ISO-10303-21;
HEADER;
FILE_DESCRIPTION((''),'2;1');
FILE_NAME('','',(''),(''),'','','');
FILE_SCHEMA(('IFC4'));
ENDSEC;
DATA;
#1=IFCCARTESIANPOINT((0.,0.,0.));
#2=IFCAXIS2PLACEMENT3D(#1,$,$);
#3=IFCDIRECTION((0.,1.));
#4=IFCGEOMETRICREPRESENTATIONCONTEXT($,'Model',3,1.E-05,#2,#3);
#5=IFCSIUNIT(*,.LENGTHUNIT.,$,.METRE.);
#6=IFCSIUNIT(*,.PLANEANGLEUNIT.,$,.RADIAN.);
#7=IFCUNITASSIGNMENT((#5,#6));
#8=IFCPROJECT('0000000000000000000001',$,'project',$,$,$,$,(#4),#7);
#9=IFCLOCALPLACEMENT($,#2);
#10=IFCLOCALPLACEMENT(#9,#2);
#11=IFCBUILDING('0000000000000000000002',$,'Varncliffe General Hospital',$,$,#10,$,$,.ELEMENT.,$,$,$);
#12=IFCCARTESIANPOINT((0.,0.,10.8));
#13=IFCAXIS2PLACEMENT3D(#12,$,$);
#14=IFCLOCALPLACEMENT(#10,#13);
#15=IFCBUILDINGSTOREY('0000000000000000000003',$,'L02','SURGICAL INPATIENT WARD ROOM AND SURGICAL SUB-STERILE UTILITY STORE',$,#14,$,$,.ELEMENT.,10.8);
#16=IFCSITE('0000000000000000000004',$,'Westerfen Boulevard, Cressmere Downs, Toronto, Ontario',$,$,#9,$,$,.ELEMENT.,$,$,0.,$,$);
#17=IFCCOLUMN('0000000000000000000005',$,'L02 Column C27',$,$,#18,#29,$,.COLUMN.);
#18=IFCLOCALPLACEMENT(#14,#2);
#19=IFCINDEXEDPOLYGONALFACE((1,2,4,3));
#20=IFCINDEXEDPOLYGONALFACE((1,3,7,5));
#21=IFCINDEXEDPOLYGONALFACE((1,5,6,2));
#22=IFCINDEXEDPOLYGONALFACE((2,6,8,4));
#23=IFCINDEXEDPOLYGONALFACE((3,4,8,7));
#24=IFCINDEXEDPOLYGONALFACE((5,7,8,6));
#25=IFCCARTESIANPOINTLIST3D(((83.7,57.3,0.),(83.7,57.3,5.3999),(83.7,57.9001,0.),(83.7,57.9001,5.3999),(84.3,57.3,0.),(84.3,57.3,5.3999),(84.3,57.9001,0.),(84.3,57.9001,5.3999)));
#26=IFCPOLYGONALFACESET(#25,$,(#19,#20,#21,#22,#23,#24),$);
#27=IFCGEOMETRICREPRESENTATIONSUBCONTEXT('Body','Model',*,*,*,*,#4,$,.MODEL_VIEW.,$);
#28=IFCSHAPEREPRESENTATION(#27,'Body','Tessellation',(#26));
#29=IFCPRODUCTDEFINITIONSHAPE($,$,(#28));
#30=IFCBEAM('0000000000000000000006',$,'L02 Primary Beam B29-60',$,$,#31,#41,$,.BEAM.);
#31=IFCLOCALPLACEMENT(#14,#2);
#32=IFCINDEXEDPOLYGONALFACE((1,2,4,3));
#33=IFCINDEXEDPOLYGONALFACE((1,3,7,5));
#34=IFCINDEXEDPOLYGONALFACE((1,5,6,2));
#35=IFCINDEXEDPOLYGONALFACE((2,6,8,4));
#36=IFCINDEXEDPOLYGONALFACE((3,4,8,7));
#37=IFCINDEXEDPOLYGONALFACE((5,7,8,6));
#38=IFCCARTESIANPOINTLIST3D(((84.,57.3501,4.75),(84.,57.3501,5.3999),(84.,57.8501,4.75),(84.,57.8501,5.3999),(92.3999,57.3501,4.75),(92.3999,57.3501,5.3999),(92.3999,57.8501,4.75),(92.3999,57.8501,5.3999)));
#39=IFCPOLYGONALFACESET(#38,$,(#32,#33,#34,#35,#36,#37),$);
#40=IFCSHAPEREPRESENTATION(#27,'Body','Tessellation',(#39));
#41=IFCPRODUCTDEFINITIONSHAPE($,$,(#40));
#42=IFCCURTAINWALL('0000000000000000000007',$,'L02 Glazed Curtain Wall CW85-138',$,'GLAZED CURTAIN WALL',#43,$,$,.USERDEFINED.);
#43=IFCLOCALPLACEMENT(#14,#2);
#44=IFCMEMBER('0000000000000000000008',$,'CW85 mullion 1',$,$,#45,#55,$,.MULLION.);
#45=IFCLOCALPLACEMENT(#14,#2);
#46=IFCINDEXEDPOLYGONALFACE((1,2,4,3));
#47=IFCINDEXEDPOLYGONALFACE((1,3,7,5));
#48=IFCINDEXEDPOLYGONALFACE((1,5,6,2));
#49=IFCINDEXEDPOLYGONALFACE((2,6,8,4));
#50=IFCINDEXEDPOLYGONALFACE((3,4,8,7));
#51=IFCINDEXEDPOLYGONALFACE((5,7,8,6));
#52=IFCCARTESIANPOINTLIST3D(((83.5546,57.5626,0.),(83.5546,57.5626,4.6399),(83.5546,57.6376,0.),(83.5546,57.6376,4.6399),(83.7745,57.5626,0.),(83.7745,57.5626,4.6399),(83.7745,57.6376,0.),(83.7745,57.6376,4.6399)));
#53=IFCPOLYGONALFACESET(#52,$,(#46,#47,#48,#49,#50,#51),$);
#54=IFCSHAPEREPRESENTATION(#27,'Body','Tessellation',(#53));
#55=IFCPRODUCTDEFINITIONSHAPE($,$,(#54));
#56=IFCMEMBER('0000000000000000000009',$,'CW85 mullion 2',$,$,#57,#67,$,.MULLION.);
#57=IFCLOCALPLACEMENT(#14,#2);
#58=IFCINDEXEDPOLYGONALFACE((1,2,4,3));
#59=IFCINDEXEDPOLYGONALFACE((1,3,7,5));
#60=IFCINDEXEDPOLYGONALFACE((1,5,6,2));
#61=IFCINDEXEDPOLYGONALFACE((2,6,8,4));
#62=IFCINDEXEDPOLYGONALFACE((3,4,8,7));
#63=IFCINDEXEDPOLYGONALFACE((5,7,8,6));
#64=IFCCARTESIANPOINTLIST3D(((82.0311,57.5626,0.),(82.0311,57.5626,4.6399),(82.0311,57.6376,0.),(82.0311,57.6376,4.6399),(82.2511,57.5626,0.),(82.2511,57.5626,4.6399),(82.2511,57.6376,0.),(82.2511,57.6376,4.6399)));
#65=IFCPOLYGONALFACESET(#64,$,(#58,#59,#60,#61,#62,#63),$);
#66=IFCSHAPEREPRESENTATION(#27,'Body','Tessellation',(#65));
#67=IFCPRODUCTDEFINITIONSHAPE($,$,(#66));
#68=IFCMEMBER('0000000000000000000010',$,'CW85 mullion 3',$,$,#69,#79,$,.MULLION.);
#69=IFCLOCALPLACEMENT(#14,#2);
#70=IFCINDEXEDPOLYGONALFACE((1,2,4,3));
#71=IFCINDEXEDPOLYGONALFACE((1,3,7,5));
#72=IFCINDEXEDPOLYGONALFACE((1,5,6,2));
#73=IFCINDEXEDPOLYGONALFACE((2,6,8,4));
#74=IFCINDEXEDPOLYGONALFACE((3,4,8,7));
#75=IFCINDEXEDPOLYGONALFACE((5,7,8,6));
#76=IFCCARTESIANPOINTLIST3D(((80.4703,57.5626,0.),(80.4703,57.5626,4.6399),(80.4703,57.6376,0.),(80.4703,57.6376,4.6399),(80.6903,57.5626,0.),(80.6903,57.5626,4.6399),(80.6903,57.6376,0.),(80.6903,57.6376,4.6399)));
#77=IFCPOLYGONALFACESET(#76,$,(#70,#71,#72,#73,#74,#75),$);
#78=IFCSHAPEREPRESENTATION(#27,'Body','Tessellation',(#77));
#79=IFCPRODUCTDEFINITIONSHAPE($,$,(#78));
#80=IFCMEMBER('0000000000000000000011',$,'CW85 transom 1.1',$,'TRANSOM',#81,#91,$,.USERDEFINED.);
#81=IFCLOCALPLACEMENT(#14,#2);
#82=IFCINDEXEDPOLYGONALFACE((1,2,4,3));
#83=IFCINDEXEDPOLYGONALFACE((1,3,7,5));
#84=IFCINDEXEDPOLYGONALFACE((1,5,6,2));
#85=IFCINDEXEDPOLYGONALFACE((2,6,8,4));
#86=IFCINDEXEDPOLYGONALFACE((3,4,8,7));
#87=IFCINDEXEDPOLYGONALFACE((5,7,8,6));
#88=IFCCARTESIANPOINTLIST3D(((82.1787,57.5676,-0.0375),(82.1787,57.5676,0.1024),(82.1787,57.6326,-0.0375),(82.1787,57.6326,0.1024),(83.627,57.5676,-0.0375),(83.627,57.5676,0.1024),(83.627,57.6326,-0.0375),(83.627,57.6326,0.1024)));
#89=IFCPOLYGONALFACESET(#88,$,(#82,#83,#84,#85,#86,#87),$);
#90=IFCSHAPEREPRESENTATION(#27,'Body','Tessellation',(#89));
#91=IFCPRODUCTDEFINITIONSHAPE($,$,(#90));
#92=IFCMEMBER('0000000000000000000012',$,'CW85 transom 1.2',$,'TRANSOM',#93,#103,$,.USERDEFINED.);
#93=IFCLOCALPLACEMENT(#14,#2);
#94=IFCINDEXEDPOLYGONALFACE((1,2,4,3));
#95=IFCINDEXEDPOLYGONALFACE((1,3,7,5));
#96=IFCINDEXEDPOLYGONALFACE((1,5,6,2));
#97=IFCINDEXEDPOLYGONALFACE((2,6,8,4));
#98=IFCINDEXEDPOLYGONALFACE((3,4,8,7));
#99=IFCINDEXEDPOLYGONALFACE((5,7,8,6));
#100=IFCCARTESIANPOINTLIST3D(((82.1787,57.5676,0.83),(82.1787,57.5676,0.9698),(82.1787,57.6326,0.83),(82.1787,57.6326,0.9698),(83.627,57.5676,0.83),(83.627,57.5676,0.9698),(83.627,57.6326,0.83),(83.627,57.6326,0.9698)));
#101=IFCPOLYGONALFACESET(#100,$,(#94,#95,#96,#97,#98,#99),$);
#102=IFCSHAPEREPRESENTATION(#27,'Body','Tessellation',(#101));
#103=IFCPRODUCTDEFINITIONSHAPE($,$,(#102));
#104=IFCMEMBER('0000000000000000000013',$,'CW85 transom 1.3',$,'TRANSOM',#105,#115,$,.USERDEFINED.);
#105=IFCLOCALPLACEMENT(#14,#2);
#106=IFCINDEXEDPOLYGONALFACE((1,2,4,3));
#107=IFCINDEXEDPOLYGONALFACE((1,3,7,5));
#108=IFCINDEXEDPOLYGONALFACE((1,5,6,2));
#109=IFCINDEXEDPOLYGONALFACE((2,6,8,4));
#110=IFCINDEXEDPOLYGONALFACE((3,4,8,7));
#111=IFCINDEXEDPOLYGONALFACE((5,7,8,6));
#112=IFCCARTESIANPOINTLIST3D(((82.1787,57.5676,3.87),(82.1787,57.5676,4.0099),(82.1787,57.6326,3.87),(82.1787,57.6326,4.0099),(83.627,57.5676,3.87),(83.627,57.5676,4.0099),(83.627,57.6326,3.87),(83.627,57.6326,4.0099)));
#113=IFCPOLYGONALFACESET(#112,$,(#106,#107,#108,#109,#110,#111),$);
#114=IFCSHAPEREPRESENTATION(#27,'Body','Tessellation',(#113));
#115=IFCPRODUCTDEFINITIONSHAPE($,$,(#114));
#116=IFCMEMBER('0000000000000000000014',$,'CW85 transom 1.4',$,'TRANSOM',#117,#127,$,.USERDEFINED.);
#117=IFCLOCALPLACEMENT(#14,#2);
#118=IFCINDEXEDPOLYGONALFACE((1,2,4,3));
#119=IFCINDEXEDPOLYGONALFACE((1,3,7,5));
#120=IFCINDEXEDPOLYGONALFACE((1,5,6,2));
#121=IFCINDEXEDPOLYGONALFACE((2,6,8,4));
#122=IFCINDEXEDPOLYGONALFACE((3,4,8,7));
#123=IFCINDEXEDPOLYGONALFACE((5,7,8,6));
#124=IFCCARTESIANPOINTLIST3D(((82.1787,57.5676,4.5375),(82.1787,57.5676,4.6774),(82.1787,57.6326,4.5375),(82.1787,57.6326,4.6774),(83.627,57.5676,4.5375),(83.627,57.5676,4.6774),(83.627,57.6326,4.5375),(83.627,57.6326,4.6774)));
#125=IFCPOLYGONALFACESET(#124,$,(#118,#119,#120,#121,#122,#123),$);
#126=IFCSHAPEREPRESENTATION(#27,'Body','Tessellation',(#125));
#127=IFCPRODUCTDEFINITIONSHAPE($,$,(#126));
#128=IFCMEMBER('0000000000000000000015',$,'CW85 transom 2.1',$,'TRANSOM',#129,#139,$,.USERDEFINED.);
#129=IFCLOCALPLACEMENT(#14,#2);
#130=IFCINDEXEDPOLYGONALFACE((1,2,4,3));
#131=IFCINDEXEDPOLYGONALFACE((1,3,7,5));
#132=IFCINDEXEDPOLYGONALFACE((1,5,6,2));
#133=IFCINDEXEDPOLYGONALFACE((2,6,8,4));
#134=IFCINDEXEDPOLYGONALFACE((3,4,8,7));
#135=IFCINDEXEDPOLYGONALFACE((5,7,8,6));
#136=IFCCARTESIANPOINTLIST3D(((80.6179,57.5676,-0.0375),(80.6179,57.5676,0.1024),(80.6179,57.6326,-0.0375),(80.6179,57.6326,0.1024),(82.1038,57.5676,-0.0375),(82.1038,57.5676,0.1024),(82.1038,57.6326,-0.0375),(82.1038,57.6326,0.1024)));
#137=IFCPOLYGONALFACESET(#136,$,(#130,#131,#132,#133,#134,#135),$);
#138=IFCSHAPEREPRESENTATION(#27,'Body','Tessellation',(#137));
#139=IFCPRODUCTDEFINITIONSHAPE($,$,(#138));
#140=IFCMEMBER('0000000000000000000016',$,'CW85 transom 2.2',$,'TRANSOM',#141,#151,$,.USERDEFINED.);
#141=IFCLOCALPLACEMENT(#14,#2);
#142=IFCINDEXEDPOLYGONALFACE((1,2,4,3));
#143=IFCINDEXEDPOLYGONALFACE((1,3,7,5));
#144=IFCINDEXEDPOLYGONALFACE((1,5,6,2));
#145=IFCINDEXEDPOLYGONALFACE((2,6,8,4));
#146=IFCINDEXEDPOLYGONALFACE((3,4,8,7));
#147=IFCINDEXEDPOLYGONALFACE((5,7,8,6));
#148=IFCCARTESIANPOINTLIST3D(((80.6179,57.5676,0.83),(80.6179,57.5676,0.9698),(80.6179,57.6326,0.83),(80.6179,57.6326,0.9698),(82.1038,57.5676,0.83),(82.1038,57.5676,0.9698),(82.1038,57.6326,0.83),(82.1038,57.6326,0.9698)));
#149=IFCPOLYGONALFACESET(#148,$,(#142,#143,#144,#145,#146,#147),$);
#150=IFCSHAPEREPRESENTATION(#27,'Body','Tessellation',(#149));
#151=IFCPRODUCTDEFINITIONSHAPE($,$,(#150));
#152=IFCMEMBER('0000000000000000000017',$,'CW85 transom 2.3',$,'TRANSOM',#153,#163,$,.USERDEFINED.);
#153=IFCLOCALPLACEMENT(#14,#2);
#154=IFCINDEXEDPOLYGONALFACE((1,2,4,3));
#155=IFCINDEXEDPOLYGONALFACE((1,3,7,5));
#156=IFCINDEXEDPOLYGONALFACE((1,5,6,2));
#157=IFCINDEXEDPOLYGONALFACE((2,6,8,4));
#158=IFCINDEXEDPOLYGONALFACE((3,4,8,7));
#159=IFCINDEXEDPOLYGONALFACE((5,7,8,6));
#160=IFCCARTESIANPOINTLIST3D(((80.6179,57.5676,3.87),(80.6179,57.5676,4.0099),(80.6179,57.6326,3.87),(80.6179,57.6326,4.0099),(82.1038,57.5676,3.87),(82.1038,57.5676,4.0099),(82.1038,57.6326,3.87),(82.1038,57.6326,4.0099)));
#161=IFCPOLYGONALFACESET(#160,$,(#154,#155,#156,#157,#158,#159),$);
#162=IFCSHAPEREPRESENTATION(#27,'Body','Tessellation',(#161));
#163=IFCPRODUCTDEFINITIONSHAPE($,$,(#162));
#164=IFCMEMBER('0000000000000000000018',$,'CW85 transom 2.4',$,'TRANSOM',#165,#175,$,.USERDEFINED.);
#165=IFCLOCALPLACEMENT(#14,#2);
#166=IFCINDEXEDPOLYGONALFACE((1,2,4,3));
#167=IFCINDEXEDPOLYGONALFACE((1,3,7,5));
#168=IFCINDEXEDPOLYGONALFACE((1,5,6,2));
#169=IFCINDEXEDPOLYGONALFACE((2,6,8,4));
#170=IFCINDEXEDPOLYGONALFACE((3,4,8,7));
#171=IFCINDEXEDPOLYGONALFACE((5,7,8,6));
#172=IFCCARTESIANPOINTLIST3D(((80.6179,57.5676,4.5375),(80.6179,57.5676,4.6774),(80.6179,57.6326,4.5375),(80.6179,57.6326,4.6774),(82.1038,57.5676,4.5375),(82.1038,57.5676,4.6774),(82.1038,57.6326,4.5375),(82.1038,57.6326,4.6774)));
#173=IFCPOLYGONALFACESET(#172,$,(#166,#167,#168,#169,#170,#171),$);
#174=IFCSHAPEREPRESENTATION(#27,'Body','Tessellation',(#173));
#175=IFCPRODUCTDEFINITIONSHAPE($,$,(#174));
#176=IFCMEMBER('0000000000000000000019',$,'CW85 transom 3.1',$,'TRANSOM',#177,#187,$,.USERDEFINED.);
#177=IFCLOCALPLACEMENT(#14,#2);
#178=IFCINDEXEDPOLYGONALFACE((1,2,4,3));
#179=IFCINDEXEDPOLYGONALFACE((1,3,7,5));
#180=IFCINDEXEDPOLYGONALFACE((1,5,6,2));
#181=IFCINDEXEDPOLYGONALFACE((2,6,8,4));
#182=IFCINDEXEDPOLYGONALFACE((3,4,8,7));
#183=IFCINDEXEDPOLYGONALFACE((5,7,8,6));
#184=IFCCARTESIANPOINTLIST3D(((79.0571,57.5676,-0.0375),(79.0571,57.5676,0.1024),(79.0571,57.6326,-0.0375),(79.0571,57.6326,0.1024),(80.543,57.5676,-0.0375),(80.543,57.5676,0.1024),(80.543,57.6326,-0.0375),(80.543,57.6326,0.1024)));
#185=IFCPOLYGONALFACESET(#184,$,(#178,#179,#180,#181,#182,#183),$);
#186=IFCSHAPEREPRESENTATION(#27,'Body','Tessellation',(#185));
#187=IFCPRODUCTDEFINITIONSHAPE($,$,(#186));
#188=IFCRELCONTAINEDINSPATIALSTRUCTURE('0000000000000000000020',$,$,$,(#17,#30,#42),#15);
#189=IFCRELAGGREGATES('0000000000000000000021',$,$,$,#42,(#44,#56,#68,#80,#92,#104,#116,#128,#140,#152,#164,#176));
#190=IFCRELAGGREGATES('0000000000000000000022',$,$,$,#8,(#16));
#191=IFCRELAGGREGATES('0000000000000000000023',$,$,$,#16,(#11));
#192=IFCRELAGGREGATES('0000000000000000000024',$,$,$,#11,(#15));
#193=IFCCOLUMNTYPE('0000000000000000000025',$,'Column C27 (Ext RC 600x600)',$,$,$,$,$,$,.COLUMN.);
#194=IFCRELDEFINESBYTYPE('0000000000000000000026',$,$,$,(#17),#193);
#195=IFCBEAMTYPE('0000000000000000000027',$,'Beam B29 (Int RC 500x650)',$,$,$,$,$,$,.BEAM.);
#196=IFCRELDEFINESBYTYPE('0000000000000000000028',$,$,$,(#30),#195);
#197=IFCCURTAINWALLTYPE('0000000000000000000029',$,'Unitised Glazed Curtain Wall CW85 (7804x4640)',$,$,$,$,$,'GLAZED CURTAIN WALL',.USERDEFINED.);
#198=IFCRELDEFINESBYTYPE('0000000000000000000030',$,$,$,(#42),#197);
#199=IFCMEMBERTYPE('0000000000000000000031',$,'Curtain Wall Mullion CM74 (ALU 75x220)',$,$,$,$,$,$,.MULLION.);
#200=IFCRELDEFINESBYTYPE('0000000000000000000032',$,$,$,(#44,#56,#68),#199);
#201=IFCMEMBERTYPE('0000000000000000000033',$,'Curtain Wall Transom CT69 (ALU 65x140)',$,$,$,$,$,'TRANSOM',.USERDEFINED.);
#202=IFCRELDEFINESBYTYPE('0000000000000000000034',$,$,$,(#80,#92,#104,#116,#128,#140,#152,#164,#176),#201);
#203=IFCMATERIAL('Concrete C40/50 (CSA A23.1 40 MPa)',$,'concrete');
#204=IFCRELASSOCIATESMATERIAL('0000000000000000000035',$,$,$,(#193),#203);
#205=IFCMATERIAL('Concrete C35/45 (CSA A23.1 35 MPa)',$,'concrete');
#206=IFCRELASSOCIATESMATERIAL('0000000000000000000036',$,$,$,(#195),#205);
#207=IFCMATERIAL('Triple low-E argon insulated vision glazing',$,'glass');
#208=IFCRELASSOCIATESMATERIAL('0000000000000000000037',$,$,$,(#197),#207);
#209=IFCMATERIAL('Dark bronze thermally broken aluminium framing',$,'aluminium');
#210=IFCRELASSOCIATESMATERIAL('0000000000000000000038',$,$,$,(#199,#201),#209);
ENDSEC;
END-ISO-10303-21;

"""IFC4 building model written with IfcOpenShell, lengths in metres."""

from ifc_helpers import new_model, si_unit, direction, frame, origin, origin_2d, place, context, subcontext, project, spatial, rectangle, extrude, material, material_profile, profile_set, type_object, element, aggregate, save


model = new_model("IFC4")

# Units and contexts
model_context = context("Model", 3, precision=1e-05, world=origin(), true_north=direction((0.0, 1.0)))
body_context = subcontext(model_context, "Body", "Model", "MODEL_VIEW")
ifc_project = project(units=[si_unit("LENGTHUNIT", "METRE"), si_unit("PLANEANGLEUNIT", "RADIAN")], contexts=[model_context])

# Site, building, storey
site_placement = place(None, origin())
site = spatial("IfcSite", under=ifc_project, at=site_placement, Name="Westerfen Boulevard, Cressmere Downs, Toronto, Ontario", CompositionType="ELEMENT", RefElevation=0.0)
building_placement = place(site_placement, origin())
building = spatial("IfcBuilding", under=site, at=building_placement, Name="Varncliffe General Hospital", CompositionType="ELEMENT")
storey_placement = place(building_placement, frame((0.0, 0.0, 10.8)))
storey = spatial("IfcBuildingStorey", under=building, at=storey_placement, Name="L02", Description="SURGICAL INPATIENT WARD ROOM AND SURGICAL SUB-STERILE UTILITY STORE", CompositionType="ELEMENT", Elevation=10.8)

# Column
ifc_material_1 = material(Name="Concrete C40/50 (CSA A23.1 40 MPa)", Category="concrete")
ifc_material_profile_1 = material_profile(ifc_material_1, rectangle(XDim=0.6001, YDim=0.6001, at=origin_2d()), Name="RC 600x600")
ifc_profile_set_1 = profile_set([ifc_material_profile_1], Name="Concrete C40/50 (CSA A23.1 40 MPa)")
column_type = type_object("IfcColumnType", Name="Column C27 (Ext RC 600x600)", PredefinedType="COLUMN", material=ifc_profile_set_1)
column_placement = place(storey_placement, frame((84.0, 57.6001, 0.0), z_axis=(0.0, 0.0, 1.0), x_axis=(1.0, 0.0, 0.0)))
element("IfcColumn", 1, at=column_placement, inside=storey, type_object=column_type, Name="L02 Column C27", PredefinedType="COLUMN", context=body_context, shape_type="SweptSolid", body=[
    extrude(rectangle(XDim=0.6001, YDim=0.6001, at=origin_2d()), origin(), (0.0, 0.0, 1.0), 5.3999),
])

# Beam
ifc_material_2 = material(Name="Concrete C35/45 (CSA A23.1 35 MPa)", Category="concrete")
ifc_material_profile_2 = material_profile(ifc_material_2, rectangle(XDim=0.5, YDim=0.6499, at=origin_2d()), Name="RC 500x650")
ifc_profile_set_2 = profile_set([ifc_material_profile_2], Name="Concrete C35/45 (CSA A23.1 35 MPa)")
beam_type = type_object("IfcBeamType", Name="Beam B29 (Int RC 500x650)", PredefinedType="BEAM", material=ifc_profile_set_2)
beam_placement = place(storey_placement, frame((84.0, 57.6001, 5.075), z_axis=(1.0, 0.0, 0.0), x_axis=(0.0, 1.0, 0.0)))
element("IfcBeam", 2, at=beam_placement, inside=storey, type_object=beam_type, Name="L02 Primary Beam B29-60", PredefinedType="BEAM", context=body_context, shape_type="SweptSolid", body=[
    extrude(rectangle(XDim=0.5, YDim=0.6499, at=origin_2d()), origin(), (0.0, 0.0, 1.0), 8.3999),
])

# Curtain wall, members
ifc_material_3 = material(Name="Triple low-E argon insulated vision glazing", Category="glass")
curtain_wall_type = type_object("IfcCurtainWallType", Name="Unitised Glazed Curtain Wall CW85 (7804x4640)", ElementType="GLAZED CURTAIN WALL", PredefinedType="USERDEFINED", material=ifc_material_3)
curtain_wall_placement = place(storey_placement, origin())
curtain_wall = element("IfcCurtainWall", 3, at=curtain_wall_placement, inside=storey, type_object=curtain_wall_type, Name="L02 Glazed Curtain Wall CW85-138", ObjectType="GLAZED CURTAIN WALL", PredefinedType="USERDEFINED")
ifc_material_4 = material(Name="Dark bronze thermally broken aluminium framing", Category="aluminium")
ifc_material_profile_3 = material_profile(ifc_material_4, rectangle(XDim=0.075, YDim=0.22, at=origin_2d()), Name="ALU 75x220")
ifc_profile_set_3 = profile_set([ifc_material_profile_3], Name="Dark bronze thermally broken aluminium framing")
member_type_1 = type_object("IfcMemberType", Name="Curtain Wall Mullion CM74 (ALU 75x220)", PredefinedType="MULLION", material=ifc_profile_set_3)
member_1_placement = place(storey_placement, frame((83.6646, 57.6001, 0.0), z_axis=(0.0, 0.0, 1.0), x_axis=(0.0, -1.0, 0.0)))
member_1 = element("IfcMember", 4, at=member_1_placement, type_object=member_type_1, Name="CW85 mullion 1", PredefinedType="MULLION", context=body_context, shape_type="SweptSolid", body=[
    extrude(rectangle(XDim=0.075, YDim=0.22, at=origin_2d()), origin(), (0.0, 0.0, 1.0), 4.6399),
])
member_2_placement = place(storey_placement, frame((82.1411, 57.6001, 0.0), z_axis=(0.0, 0.0, 1.0), x_axis=(0.0, -1.0, 0.0)))
member_2 = element("IfcMember", 5, at=member_2_placement, type_object=member_type_1, Name="CW85 mullion 2", PredefinedType="MULLION", context=body_context, shape_type="SweptSolid", body=[
    extrude(rectangle(XDim=0.075, YDim=0.22, at=origin_2d()), origin(), (0.0, 0.0, 1.0), 4.6399),
])
member_3_placement = place(storey_placement, frame((80.5803, 57.6001, 0.0), z_axis=(0.0, 0.0, 1.0), x_axis=(0.0, -1.0, 0.0)))
member_3 = element("IfcMember", 6, at=member_3_placement, type_object=member_type_1, Name="CW85 mullion 3", PredefinedType="MULLION", context=body_context, shape_type="SweptSolid", body=[
    extrude(rectangle(XDim=0.075, YDim=0.22, at=origin_2d()), origin(), (0.0, 0.0, 1.0), 4.6399),
])
ifc_material_profile_4 = material_profile(ifc_material_4, rectangle(XDim=0.0649, YDim=0.1399, at=origin_2d()), Name="ALU 65x140")
ifc_profile_set_4 = profile_set([ifc_material_profile_4], Name="Dark bronze thermally broken aluminium framing")
member_type_2 = type_object("IfcMemberType", Name="Curtain Wall Transom CT69 (ALU 65x140)", ElementType="TRANSOM", PredefinedType="USERDEFINED", material=ifc_profile_set_4)
member_4_placement = place(storey_placement, frame((83.627, 57.6001, 0.0325), z_axis=(-1.0, 0.0, 0.0), x_axis=(0.0, -1.0, 0.0)))
member_4 = element("IfcMember", 7, at=member_4_placement, type_object=member_type_2, Name="CW85 transom 1.1", ObjectType="TRANSOM", PredefinedType="USERDEFINED", context=body_context, shape_type="SweptSolid", body=[
    extrude(rectangle(XDim=0.0649, YDim=0.1399, at=origin_2d()), origin(), (0.0, 0.0, 1.0), 1.4482),
])
member_5_placement = place(storey_placement, frame((83.627, 57.6001, 0.8999), z_axis=(-1.0, 0.0, 0.0), x_axis=(0.0, -1.0, 0.0)))
member_5 = element("IfcMember", 8, at=member_5_placement, type_object=member_type_2, Name="CW85 transom 1.2", ObjectType="TRANSOM", PredefinedType="USERDEFINED", context=body_context, shape_type="SweptSolid", body=[
    extrude(rectangle(XDim=0.0649, YDim=0.1399, at=origin_2d()), origin(), (0.0, 0.0, 1.0), 1.4482),
])
member_6_placement = place(storey_placement, frame((83.627, 57.6001, 3.9399), z_axis=(-1.0, 0.0, 0.0), x_axis=(0.0, -1.0, 0.0)))
member_6 = element("IfcMember", 9, at=member_6_placement, type_object=member_type_2, Name="CW85 transom 1.3", ObjectType="TRANSOM", PredefinedType="USERDEFINED", context=body_context, shape_type="SweptSolid", body=[
    extrude(rectangle(XDim=0.0649, YDim=0.1399, at=origin_2d()), origin(), (0.0, 0.0, 1.0), 1.4482),
])
member_7_placement = place(storey_placement, frame((83.627, 57.6001, 4.6074), z_axis=(-1.0, 0.0, 0.0), x_axis=(0.0, -1.0, 0.0)))
member_7 = element("IfcMember", 10, at=member_7_placement, type_object=member_type_2, Name="CW85 transom 1.4", ObjectType="TRANSOM", PredefinedType="USERDEFINED", context=body_context, shape_type="SweptSolid", body=[
    extrude(rectangle(XDim=0.0649, YDim=0.1399, at=origin_2d()), origin(), (0.0, 0.0, 1.0), 1.4482),
])
member_8_placement = place(storey_placement, frame((82.1038, 57.6001, 0.0325), z_axis=(-1.0, 0.0, 0.0), x_axis=(0.0, -1.0, 0.0)))
member_8 = element("IfcMember", 11, at=member_8_placement, type_object=member_type_2, Name="CW85 transom 2.1", ObjectType="TRANSOM", PredefinedType="USERDEFINED", context=body_context, shape_type="SweptSolid", body=[
    extrude(rectangle(XDim=0.0649, YDim=0.1399, at=origin_2d()), origin(), (0.0, 0.0, 1.0), 1.4858),
])
member_9_placement = place(storey_placement, frame((82.1038, 57.6001, 0.8999), z_axis=(-1.0, 0.0, 0.0), x_axis=(0.0, -1.0, 0.0)))
member_9 = element("IfcMember", 12, at=member_9_placement, type_object=member_type_2, Name="CW85 transom 2.2", ObjectType="TRANSOM", PredefinedType="USERDEFINED", context=body_context, shape_type="SweptSolid", body=[
    extrude(rectangle(XDim=0.0649, YDim=0.1399, at=origin_2d()), origin(), (0.0, 0.0, 1.0), 1.4858),
])
member_10_placement = place(storey_placement, frame((82.1038, 57.6001, 3.9399), z_axis=(-1.0, 0.0, 0.0), x_axis=(0.0, -1.0, 0.0)))
member_10 = element("IfcMember", 13, at=member_10_placement, type_object=member_type_2, Name="CW85 transom 2.3", ObjectType="TRANSOM", PredefinedType="USERDEFINED", context=body_context, shape_type="SweptSolid", body=[
    extrude(rectangle(XDim=0.0649, YDim=0.1399, at=origin_2d()), origin(), (0.0, 0.0, 1.0), 1.4858),
])
member_11_placement = place(storey_placement, frame((82.1038, 57.6001, 4.6074), z_axis=(-1.0, 0.0, 0.0), x_axis=(0.0, -1.0, 0.0)))
member_11 = element("IfcMember", 14, at=member_11_placement, type_object=member_type_2, Name="CW85 transom 2.4", ObjectType="TRANSOM", PredefinedType="USERDEFINED", context=body_context, shape_type="SweptSolid", body=[
    extrude(rectangle(XDim=0.0649, YDim=0.1399, at=origin_2d()), origin(), (0.0, 0.0, 1.0), 1.4858),
])
member_12_placement = place(storey_placement, frame((80.543, 57.6001, 0.0325), z_axis=(-1.0, 0.0, 0.0), x_axis=(0.0, -1.0, 0.0)))
member_12 = element("IfcMember", 15, at=member_12_placement, type_object=member_type_2, Name="CW85 transom 3.1", ObjectType="TRANSOM", PredefinedType="USERDEFINED", context=body_context, shape_type="SweptSolid", body=[
    extrude(rectangle(XDim=0.0649, YDim=0.1399, at=origin_2d()), origin(), (0.0, 0.0, 1.0), 1.4858),
])
aggregate(curtain_wall, [member_1, member_2, member_3, member_4, member_5, member_6, member_7, member_8, member_9, member_10, member_11, member_12])

save(model, "model.ifc")
